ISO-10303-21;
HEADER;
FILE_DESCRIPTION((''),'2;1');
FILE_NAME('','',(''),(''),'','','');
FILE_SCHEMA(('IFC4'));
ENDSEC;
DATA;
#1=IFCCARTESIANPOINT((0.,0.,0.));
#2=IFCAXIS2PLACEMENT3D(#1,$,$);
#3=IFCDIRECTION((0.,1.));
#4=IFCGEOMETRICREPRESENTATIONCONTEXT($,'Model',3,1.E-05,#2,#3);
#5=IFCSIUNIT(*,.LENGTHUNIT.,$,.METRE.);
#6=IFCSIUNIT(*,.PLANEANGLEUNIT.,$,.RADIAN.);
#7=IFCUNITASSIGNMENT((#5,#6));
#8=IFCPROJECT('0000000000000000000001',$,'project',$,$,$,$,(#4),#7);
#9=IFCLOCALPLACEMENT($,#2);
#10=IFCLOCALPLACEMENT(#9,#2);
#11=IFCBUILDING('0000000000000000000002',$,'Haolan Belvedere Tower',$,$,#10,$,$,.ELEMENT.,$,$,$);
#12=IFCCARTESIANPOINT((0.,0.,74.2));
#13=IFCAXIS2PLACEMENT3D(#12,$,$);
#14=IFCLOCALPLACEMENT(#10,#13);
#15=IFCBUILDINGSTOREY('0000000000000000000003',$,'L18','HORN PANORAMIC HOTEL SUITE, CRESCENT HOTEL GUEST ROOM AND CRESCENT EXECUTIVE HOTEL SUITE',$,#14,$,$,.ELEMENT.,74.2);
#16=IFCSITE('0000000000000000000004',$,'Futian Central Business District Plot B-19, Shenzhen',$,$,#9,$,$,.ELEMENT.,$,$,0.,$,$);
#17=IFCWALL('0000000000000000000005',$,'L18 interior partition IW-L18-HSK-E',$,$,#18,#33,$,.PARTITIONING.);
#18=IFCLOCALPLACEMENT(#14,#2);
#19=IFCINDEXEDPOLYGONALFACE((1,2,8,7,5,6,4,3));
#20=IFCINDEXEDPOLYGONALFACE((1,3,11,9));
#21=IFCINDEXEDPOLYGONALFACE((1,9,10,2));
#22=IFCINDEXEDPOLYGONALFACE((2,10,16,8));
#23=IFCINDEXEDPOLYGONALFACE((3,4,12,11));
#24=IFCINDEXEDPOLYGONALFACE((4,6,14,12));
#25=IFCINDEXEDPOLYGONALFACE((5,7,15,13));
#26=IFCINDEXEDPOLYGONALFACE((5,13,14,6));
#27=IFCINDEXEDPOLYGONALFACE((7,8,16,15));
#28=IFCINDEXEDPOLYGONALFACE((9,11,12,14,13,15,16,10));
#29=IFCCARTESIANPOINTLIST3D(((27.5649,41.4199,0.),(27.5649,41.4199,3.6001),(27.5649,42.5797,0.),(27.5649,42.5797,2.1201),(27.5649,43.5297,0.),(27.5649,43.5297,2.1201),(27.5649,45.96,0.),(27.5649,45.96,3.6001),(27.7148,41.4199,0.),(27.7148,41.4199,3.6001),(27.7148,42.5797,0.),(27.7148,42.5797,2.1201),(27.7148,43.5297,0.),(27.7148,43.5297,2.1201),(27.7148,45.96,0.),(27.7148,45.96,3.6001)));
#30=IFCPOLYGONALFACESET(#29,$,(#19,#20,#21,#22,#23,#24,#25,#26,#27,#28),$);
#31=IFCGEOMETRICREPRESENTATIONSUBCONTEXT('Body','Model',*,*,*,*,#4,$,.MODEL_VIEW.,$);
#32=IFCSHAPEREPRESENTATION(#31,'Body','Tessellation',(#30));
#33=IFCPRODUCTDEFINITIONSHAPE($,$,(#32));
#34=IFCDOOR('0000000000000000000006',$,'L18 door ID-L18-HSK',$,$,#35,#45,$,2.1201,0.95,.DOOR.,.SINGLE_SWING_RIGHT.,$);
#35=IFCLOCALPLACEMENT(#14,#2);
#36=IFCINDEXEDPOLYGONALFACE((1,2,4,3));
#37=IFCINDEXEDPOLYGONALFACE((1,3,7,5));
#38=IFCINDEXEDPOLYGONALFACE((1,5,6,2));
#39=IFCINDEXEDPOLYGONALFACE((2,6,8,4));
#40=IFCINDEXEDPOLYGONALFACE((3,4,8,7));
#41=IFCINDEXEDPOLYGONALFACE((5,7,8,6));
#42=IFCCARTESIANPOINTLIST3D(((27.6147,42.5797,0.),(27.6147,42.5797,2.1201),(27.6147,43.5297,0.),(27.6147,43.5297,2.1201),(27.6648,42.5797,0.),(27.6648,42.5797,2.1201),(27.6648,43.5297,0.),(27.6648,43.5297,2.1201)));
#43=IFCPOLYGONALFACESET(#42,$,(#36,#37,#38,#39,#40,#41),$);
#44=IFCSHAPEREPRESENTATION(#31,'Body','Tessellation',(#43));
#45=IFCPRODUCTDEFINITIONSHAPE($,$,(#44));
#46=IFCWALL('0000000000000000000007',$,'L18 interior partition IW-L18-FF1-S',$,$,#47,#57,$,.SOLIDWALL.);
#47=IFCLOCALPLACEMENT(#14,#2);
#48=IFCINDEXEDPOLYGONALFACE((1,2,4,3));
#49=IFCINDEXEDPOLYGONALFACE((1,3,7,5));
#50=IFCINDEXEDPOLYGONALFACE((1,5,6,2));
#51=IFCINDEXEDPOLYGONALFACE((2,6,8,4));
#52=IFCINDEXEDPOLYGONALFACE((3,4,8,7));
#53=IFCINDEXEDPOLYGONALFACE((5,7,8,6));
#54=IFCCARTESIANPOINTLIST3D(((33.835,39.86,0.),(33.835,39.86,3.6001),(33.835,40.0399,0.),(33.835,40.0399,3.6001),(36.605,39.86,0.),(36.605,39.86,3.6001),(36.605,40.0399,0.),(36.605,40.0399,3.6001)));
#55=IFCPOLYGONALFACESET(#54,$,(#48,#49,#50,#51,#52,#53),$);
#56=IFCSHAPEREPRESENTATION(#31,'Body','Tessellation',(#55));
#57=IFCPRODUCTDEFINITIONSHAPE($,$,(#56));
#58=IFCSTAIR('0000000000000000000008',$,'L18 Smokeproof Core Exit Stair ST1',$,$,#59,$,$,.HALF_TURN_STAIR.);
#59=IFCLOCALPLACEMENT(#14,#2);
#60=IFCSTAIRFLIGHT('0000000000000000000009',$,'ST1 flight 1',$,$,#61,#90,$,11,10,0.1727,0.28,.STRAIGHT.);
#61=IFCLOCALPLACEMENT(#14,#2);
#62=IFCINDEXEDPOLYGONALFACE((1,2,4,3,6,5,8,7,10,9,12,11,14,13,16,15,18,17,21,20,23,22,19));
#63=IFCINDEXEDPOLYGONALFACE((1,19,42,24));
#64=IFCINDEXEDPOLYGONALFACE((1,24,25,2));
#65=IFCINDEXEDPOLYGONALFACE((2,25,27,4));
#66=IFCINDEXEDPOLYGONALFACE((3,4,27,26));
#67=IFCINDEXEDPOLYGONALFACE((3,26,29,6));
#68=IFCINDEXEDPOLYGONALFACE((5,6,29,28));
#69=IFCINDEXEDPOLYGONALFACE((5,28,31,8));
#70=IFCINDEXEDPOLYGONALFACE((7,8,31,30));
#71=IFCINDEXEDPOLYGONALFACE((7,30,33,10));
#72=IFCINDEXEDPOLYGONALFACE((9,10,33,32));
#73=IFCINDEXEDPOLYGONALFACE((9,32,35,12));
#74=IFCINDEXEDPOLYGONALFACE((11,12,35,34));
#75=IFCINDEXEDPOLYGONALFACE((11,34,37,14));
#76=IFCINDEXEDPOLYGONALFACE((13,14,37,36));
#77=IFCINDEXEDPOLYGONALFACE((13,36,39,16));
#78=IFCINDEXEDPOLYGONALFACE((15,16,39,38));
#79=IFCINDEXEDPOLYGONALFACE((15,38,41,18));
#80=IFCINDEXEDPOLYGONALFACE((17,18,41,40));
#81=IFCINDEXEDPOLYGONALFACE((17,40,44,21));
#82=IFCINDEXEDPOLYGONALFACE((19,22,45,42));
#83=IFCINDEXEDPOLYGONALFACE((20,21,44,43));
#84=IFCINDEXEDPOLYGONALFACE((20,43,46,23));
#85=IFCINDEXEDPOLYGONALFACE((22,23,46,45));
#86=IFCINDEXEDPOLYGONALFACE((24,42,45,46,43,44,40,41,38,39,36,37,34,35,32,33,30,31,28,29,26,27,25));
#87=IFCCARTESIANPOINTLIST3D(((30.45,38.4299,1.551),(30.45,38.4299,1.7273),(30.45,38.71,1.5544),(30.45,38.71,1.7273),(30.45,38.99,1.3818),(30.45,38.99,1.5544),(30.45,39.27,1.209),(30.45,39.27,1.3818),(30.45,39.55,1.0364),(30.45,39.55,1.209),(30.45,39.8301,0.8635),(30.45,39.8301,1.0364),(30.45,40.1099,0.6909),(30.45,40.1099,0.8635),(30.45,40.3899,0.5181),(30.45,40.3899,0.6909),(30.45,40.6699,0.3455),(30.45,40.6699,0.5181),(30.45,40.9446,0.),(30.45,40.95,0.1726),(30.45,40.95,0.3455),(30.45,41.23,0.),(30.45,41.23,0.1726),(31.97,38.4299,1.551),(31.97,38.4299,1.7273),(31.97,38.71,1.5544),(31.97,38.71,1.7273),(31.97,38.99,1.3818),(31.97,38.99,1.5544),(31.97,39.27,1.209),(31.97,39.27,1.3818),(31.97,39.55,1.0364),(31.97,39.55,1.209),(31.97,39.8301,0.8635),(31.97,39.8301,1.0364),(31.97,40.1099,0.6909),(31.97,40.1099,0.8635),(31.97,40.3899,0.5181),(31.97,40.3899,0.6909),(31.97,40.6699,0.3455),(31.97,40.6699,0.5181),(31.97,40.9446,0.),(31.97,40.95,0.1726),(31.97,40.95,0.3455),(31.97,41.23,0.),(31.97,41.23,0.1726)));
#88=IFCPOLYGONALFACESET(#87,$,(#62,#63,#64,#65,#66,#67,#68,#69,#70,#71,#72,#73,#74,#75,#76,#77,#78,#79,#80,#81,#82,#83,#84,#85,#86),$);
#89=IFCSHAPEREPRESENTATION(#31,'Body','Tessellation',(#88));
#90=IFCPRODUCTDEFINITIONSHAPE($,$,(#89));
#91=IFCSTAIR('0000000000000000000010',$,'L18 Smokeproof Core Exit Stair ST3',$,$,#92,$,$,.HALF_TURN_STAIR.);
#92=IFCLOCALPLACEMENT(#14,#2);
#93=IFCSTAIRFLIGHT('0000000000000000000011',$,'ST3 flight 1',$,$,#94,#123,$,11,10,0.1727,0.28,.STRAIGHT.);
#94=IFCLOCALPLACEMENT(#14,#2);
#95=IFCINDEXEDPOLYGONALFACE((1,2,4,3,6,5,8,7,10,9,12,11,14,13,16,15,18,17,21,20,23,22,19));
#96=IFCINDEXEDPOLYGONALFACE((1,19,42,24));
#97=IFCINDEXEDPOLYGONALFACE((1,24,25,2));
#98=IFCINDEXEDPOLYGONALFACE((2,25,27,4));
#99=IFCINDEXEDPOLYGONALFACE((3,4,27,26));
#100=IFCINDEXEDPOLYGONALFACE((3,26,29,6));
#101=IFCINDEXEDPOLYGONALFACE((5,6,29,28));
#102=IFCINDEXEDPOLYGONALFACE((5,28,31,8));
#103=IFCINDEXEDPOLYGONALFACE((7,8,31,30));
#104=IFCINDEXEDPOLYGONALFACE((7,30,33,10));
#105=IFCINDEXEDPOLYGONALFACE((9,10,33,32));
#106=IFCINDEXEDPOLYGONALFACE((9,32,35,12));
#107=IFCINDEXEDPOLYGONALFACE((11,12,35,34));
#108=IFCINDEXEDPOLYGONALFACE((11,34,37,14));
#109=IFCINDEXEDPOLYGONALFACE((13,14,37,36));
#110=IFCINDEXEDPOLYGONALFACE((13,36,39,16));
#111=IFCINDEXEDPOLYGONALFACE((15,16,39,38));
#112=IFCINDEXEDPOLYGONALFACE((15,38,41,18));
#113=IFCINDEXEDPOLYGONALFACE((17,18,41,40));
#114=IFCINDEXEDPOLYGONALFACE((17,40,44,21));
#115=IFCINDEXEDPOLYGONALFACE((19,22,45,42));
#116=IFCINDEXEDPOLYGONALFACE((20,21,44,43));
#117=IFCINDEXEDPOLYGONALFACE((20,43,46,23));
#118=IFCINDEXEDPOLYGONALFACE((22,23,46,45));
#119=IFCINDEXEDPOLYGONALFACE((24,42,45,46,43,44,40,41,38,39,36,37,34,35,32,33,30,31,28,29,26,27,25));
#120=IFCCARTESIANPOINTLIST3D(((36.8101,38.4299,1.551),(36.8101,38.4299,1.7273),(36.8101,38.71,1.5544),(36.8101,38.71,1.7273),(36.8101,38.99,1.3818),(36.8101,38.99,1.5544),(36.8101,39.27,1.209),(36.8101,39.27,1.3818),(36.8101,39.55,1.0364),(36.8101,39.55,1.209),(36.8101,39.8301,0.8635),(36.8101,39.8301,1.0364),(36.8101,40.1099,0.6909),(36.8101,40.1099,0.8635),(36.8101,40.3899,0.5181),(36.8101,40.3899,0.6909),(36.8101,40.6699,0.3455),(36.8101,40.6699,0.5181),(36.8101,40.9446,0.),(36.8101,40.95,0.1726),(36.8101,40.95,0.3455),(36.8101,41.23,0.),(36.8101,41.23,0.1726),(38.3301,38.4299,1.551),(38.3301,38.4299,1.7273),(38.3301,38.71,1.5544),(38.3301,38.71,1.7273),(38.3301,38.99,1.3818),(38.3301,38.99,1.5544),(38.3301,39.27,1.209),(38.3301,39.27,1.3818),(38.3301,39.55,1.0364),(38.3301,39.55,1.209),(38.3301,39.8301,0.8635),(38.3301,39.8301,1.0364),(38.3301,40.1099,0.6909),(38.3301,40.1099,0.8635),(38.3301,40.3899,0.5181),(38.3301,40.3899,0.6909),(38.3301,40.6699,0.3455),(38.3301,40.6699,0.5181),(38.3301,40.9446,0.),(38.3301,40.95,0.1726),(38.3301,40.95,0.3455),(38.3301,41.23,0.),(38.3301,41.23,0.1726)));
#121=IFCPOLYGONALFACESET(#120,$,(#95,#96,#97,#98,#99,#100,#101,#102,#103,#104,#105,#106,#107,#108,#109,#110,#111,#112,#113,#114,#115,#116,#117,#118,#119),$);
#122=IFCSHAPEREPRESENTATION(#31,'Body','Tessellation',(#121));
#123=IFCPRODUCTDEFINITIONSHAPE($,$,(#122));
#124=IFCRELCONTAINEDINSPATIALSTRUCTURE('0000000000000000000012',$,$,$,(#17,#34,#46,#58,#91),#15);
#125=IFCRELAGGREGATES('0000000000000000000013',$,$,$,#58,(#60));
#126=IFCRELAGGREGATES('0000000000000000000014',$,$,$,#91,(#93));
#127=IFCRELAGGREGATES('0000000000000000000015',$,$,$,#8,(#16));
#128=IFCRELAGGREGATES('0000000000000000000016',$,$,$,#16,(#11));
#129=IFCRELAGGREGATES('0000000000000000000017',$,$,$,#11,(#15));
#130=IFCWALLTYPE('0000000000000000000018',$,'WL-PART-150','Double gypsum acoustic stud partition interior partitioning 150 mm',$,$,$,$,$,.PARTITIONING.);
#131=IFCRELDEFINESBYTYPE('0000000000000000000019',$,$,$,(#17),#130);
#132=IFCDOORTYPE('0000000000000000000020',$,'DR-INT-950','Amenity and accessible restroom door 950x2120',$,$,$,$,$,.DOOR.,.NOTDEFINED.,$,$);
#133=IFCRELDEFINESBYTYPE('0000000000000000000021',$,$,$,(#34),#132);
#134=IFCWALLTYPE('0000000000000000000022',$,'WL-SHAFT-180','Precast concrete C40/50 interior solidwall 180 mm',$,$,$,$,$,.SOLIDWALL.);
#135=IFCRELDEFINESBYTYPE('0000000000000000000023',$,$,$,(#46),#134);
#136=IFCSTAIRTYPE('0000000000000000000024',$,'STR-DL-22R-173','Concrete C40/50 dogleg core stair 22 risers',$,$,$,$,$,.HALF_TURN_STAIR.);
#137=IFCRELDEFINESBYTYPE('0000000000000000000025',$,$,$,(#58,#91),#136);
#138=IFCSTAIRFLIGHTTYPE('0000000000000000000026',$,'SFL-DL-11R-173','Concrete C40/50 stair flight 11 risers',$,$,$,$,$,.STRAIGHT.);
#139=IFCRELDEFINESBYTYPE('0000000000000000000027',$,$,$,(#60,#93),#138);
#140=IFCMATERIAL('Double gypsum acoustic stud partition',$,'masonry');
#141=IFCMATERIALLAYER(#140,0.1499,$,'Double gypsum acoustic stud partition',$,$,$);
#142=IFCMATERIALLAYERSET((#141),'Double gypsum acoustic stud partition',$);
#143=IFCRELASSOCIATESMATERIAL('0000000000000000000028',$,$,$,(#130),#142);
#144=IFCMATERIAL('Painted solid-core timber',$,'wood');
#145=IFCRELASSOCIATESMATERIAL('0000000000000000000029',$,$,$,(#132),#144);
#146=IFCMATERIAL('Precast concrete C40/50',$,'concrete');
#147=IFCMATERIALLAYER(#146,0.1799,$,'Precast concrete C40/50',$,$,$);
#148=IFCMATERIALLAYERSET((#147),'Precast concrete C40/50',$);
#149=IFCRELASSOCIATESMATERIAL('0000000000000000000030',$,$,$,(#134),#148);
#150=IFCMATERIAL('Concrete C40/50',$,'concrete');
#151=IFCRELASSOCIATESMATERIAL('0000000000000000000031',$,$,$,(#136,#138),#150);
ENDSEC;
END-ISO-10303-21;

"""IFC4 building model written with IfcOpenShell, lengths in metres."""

from ifc_helpers import new_model, si_unit, direction, frame, frame_2d, origin, place, context, subcontext, project, spatial, polyline, rectangle, outline, extrude, material, layer, layer_set, type_object, element, fill, aggregate, save


model = new_model("IFC4")

# Units and contexts
model_context = context("Model", 3, precision=1e-05, world=origin(), true_north=direction((0.0, 1.0)))
body_context = subcontext(model_context, "Body", "Model", "MODEL_VIEW")
ifc_project = project(units=[si_unit("LENGTHUNIT", "METRE"), si_unit("PLANEANGLEUNIT", "RADIAN")], contexts=[model_context])

# Site, building, storey
site_placement = place(None, origin())
site = spatial("IfcSite", under=ifc_project, at=site_placement, Name="Futian Central Business District Plot B-19, Shenzhen", CompositionType="ELEMENT", RefElevation=0.0)
building_placement = place(site_placement, origin())
building = spatial("IfcBuilding", under=site, at=building_placement, Name="Haolan Belvedere Tower", CompositionType="ELEMENT")
storey_placement = place(building_placement, frame((0.0, 0.0, 74.2)))
storey = spatial("IfcBuildingStorey", under=building, at=storey_placement, Name="L18", Description="HORN PANORAMIC HOTEL SUITE, CRESCENT HOTEL GUEST ROOM AND CRESCENT EXECUTIVE HOTEL SUITE", CompositionType="ELEMENT", Elevation=74.2)

# Wall, opening, door
ifc_material_1 = material(Name="Double gypsum acoustic stud partition", Category="masonry")
ifc_layer_1 = layer(ifc_material_1, 0.1499, Name="Double gypsum acoustic stud partition")
ifc_layer_set_1 = layer_set([ifc_layer_1], Name="Double gypsum acoustic stud partition")
wall_type_1 = type_object("IfcWallType", Name="WL-PART-150", Description="Double gypsum acoustic stud partition interior partitioning 150 mm", PredefinedType="PARTITIONING", material=ifc_layer_set_1)
wall_1_placement = place(storey_placement, frame((27.6399, 41.4199, 0.0), z_axis=(0.0, 0.0, 1.0), x_axis=(0.0, 1.0, 0.0)))
wall_1 = element("IfcWall", 1, at=wall_1_placement, inside=storey, type_object=wall_type_1, Name="L18 interior partition IW-L18-HSK-E", PredefinedType="PARTITIONING", context=body_context, shape_type="SweptSolid", body=[
    extrude(rectangle(XDim=4.54, YDim=0.1499, at=frame_2d((2.27, 0.0))), origin(), (0.0, 0.0, 1.0), 3.6001),
])
opening_placement = place(wall_1_placement, frame((2.1099, 0.0, 0.0), z_axis=(0.0, 0.0, 1.0), x_axis=(-1.0, 0.0, 0.0)))
opening = element("IfcOpeningElement", 2, at=opening_placement, cuts=wall_1, PredefinedType="OPENING", context=body_context, shape_type="SweptSolid", body=[
    extrude(rectangle(XDim=0.95, YDim=2.1201, at=frame_2d((0.4751, 1.0601))), frame((0.0, 0.085, 0.0), z_axis=(0.0, -1.0, 0.0), x_axis=(1.0, 0.0, 0.0)), (0.0, 0.0, 1.0), 0.1699),
])
ifc_material_2 = material(Name="Painted solid-core timber", Category="wood")
door_type = type_object("IfcDoorType", Name="DR-INT-950", Description="Amenity and accessible restroom door 950x2120", OperationType="NOTDEFINED", PredefinedType="DOOR", material=ifc_material_2)
door_placement = place(opening_placement, origin())
door = element("IfcDoor", 3, at=door_placement, inside=storey, type_object=door_type, Name="L18 door ID-L18-HSK", OperationType="SINGLE_SWING_RIGHT", OverallHeight=2.1201, OverallWidth=0.95, PredefinedType="DOOR", context=body_context, shape_type="SweptSolid", body=[
    extrude(rectangle(XDim=0.95, YDim=2.1201, at=frame_2d((0.4751, 1.0601))), frame((0.0, 0.0249, 0.0), z_axis=(0.0, -1.0, 0.0), x_axis=(1.0, 0.0, 0.0)), (0.0, 0.0, 1.0), 0.05),
])
fill(opening, door)

# Wall
ifc_material_3 = material(Name="Precast concrete C40/50", Category="concrete")
ifc_layer_2 = layer(ifc_material_3, 0.1799, Name="Precast concrete C40/50")
ifc_layer_set_2 = layer_set([ifc_layer_2], Name="Precast concrete C40/50")
wall_type_2 = type_object("IfcWallType", Name="WL-SHAFT-180", Description="Precast concrete C40/50 interior solidwall 180 mm", PredefinedType="SOLIDWALL", material=ifc_layer_set_2)
wall_2_placement = place(storey_placement, frame((33.835, 39.95, 0.0), z_axis=(0.0, 0.0, 1.0), x_axis=(1.0, 0.0, 0.0)))
element("IfcWall", 4, at=wall_2_placement, inside=storey, type_object=wall_type_2, Name="L18 interior partition IW-L18-FF1-S", PredefinedType="SOLIDWALL", context=body_context, shape_type="SweptSolid", body=[
    extrude(rectangle(XDim=2.77, YDim=0.1799, at=frame_2d((1.385, 0.0))), origin(), (0.0, 0.0, 1.0), 3.6001),
])

# Stairs, stair flights
ifc_material_4 = material(Name="Concrete C40/50", Category="concrete")
stair_type = type_object("IfcStairType", Name="STR-DL-22R-173", Description="Concrete C40/50 dogleg core stair 22 risers", PredefinedType="HALF_TURN_STAIR", material=ifc_material_4)
stair_1_placement = place(storey_placement, origin())
stair_1 = element("IfcStair", 5, at=stair_1_placement, inside=storey, type_object=stair_type, Name="L18 Smokeproof Core Exit Stair ST1", PredefinedType="HALF_TURN_STAIR")
stair_flight_type = type_object("IfcStairFlightType", Name="SFL-DL-11R-173", Description="Concrete C40/50 stair flight 11 risers", PredefinedType="STRAIGHT", material=ifc_material_4)
stair_flight_1_placement = place(storey_placement, frame((31.21, 41.23, 0.0), z_axis=(0.0, 0.0, 1.0), x_axis=(0.0, -1.0, 0.0)))
stair_flight_1 = element("IfcStairFlight", 6, at=stair_flight_1_placement, type_object=stair_flight_type, Name="ST1 flight 1", NumberOfRisers=11, NumberOfTreads=10, PredefinedType="STRAIGHT", RiserHeight=0.1727, TreadLength=0.28, context=body_context, shape_type="SweptSolid", body=[
    extrude(outline(polyline([(0.0, 0.0), (0.0, 0.1726), (0.28, 0.1726), (0.28, 0.3455), (0.5601, 0.3455), (0.5601, 0.5181), (0.8401, 0.5181), (0.8401, 0.6909), (1.1201, 0.6909), (1.1201, 0.8635), (1.3999, 0.8635), (1.3999, 1.0364), (1.6799, 1.0364), (1.6799, 1.209), (1.96, 1.209), (1.96, 1.3818), (2.24, 1.3818), (2.24, 1.5544), (2.52, 1.5544), (2.52, 1.7273), (2.8, 1.7273), (2.8, 1.8999), (2.8, 1.551), (0.2854, 0.0), (0.0, 0.0)])), frame((0.0, 0.76, 0.0), z_axis=(0.0, -1.0, 0.0), x_axis=(1.0, 0.0, 0.0)), (0.0, 0.0, 1.0), 1.52),
])
aggregate(stair_1, [stair_flight_1])
stair_2_placement = place(storey_placement, origin())
stair_2 = element("IfcStair", 7, at=stair_2_placement, inside=storey, type_object=stair_type, Name="L18 Smokeproof Core Exit Stair ST3", PredefinedType="HALF_TURN_STAIR")
stair_flight_2_placement = place(storey_placement, frame((37.5701, 41.23, 0.0), z_axis=(0.0, 0.0, 1.0), x_axis=(0.0, -1.0, 0.0)))
stair_flight_2 = element("IfcStairFlight", 8, at=stair_flight_2_placement, type_object=stair_flight_type, Name="ST3 flight 1", NumberOfRisers=11, NumberOfTreads=10, PredefinedType="STRAIGHT", RiserHeight=0.1727, TreadLength=0.28, context=body_context, shape_type="SweptSolid", body=[
    extrude(outline(polyline([(0.0, 0.0), (0.0, 0.1726), (0.28, 0.1726), (0.28, 0.3455), (0.5601, 0.3455), (0.5601, 0.5181), (0.8401, 0.5181), (0.8401, 0.6909), (1.1201, 0.6909), (1.1201, 0.8635), (1.3999, 0.8635), (1.3999, 1.0364), (1.6799, 1.0364), (1.6799, 1.209), (1.96, 1.209), (1.96, 1.3818), (2.24, 1.3818), (2.24, 1.5544), (2.52, 1.5544), (2.52, 1.7273), (2.8, 1.7273), (2.8, 1.8999), (2.8, 1.551), (0.2854, 0.0), (0.0, 0.0)])), frame((0.0, 0.76, 0.0), z_axis=(0.0, -1.0, 0.0), x_axis=(1.0, 0.0, 0.0)), (0.0, 0.0, 1.0), 1.52),
])
aggregate(stair_2, [stair_flight_2])

save(model, "model.ifc")
